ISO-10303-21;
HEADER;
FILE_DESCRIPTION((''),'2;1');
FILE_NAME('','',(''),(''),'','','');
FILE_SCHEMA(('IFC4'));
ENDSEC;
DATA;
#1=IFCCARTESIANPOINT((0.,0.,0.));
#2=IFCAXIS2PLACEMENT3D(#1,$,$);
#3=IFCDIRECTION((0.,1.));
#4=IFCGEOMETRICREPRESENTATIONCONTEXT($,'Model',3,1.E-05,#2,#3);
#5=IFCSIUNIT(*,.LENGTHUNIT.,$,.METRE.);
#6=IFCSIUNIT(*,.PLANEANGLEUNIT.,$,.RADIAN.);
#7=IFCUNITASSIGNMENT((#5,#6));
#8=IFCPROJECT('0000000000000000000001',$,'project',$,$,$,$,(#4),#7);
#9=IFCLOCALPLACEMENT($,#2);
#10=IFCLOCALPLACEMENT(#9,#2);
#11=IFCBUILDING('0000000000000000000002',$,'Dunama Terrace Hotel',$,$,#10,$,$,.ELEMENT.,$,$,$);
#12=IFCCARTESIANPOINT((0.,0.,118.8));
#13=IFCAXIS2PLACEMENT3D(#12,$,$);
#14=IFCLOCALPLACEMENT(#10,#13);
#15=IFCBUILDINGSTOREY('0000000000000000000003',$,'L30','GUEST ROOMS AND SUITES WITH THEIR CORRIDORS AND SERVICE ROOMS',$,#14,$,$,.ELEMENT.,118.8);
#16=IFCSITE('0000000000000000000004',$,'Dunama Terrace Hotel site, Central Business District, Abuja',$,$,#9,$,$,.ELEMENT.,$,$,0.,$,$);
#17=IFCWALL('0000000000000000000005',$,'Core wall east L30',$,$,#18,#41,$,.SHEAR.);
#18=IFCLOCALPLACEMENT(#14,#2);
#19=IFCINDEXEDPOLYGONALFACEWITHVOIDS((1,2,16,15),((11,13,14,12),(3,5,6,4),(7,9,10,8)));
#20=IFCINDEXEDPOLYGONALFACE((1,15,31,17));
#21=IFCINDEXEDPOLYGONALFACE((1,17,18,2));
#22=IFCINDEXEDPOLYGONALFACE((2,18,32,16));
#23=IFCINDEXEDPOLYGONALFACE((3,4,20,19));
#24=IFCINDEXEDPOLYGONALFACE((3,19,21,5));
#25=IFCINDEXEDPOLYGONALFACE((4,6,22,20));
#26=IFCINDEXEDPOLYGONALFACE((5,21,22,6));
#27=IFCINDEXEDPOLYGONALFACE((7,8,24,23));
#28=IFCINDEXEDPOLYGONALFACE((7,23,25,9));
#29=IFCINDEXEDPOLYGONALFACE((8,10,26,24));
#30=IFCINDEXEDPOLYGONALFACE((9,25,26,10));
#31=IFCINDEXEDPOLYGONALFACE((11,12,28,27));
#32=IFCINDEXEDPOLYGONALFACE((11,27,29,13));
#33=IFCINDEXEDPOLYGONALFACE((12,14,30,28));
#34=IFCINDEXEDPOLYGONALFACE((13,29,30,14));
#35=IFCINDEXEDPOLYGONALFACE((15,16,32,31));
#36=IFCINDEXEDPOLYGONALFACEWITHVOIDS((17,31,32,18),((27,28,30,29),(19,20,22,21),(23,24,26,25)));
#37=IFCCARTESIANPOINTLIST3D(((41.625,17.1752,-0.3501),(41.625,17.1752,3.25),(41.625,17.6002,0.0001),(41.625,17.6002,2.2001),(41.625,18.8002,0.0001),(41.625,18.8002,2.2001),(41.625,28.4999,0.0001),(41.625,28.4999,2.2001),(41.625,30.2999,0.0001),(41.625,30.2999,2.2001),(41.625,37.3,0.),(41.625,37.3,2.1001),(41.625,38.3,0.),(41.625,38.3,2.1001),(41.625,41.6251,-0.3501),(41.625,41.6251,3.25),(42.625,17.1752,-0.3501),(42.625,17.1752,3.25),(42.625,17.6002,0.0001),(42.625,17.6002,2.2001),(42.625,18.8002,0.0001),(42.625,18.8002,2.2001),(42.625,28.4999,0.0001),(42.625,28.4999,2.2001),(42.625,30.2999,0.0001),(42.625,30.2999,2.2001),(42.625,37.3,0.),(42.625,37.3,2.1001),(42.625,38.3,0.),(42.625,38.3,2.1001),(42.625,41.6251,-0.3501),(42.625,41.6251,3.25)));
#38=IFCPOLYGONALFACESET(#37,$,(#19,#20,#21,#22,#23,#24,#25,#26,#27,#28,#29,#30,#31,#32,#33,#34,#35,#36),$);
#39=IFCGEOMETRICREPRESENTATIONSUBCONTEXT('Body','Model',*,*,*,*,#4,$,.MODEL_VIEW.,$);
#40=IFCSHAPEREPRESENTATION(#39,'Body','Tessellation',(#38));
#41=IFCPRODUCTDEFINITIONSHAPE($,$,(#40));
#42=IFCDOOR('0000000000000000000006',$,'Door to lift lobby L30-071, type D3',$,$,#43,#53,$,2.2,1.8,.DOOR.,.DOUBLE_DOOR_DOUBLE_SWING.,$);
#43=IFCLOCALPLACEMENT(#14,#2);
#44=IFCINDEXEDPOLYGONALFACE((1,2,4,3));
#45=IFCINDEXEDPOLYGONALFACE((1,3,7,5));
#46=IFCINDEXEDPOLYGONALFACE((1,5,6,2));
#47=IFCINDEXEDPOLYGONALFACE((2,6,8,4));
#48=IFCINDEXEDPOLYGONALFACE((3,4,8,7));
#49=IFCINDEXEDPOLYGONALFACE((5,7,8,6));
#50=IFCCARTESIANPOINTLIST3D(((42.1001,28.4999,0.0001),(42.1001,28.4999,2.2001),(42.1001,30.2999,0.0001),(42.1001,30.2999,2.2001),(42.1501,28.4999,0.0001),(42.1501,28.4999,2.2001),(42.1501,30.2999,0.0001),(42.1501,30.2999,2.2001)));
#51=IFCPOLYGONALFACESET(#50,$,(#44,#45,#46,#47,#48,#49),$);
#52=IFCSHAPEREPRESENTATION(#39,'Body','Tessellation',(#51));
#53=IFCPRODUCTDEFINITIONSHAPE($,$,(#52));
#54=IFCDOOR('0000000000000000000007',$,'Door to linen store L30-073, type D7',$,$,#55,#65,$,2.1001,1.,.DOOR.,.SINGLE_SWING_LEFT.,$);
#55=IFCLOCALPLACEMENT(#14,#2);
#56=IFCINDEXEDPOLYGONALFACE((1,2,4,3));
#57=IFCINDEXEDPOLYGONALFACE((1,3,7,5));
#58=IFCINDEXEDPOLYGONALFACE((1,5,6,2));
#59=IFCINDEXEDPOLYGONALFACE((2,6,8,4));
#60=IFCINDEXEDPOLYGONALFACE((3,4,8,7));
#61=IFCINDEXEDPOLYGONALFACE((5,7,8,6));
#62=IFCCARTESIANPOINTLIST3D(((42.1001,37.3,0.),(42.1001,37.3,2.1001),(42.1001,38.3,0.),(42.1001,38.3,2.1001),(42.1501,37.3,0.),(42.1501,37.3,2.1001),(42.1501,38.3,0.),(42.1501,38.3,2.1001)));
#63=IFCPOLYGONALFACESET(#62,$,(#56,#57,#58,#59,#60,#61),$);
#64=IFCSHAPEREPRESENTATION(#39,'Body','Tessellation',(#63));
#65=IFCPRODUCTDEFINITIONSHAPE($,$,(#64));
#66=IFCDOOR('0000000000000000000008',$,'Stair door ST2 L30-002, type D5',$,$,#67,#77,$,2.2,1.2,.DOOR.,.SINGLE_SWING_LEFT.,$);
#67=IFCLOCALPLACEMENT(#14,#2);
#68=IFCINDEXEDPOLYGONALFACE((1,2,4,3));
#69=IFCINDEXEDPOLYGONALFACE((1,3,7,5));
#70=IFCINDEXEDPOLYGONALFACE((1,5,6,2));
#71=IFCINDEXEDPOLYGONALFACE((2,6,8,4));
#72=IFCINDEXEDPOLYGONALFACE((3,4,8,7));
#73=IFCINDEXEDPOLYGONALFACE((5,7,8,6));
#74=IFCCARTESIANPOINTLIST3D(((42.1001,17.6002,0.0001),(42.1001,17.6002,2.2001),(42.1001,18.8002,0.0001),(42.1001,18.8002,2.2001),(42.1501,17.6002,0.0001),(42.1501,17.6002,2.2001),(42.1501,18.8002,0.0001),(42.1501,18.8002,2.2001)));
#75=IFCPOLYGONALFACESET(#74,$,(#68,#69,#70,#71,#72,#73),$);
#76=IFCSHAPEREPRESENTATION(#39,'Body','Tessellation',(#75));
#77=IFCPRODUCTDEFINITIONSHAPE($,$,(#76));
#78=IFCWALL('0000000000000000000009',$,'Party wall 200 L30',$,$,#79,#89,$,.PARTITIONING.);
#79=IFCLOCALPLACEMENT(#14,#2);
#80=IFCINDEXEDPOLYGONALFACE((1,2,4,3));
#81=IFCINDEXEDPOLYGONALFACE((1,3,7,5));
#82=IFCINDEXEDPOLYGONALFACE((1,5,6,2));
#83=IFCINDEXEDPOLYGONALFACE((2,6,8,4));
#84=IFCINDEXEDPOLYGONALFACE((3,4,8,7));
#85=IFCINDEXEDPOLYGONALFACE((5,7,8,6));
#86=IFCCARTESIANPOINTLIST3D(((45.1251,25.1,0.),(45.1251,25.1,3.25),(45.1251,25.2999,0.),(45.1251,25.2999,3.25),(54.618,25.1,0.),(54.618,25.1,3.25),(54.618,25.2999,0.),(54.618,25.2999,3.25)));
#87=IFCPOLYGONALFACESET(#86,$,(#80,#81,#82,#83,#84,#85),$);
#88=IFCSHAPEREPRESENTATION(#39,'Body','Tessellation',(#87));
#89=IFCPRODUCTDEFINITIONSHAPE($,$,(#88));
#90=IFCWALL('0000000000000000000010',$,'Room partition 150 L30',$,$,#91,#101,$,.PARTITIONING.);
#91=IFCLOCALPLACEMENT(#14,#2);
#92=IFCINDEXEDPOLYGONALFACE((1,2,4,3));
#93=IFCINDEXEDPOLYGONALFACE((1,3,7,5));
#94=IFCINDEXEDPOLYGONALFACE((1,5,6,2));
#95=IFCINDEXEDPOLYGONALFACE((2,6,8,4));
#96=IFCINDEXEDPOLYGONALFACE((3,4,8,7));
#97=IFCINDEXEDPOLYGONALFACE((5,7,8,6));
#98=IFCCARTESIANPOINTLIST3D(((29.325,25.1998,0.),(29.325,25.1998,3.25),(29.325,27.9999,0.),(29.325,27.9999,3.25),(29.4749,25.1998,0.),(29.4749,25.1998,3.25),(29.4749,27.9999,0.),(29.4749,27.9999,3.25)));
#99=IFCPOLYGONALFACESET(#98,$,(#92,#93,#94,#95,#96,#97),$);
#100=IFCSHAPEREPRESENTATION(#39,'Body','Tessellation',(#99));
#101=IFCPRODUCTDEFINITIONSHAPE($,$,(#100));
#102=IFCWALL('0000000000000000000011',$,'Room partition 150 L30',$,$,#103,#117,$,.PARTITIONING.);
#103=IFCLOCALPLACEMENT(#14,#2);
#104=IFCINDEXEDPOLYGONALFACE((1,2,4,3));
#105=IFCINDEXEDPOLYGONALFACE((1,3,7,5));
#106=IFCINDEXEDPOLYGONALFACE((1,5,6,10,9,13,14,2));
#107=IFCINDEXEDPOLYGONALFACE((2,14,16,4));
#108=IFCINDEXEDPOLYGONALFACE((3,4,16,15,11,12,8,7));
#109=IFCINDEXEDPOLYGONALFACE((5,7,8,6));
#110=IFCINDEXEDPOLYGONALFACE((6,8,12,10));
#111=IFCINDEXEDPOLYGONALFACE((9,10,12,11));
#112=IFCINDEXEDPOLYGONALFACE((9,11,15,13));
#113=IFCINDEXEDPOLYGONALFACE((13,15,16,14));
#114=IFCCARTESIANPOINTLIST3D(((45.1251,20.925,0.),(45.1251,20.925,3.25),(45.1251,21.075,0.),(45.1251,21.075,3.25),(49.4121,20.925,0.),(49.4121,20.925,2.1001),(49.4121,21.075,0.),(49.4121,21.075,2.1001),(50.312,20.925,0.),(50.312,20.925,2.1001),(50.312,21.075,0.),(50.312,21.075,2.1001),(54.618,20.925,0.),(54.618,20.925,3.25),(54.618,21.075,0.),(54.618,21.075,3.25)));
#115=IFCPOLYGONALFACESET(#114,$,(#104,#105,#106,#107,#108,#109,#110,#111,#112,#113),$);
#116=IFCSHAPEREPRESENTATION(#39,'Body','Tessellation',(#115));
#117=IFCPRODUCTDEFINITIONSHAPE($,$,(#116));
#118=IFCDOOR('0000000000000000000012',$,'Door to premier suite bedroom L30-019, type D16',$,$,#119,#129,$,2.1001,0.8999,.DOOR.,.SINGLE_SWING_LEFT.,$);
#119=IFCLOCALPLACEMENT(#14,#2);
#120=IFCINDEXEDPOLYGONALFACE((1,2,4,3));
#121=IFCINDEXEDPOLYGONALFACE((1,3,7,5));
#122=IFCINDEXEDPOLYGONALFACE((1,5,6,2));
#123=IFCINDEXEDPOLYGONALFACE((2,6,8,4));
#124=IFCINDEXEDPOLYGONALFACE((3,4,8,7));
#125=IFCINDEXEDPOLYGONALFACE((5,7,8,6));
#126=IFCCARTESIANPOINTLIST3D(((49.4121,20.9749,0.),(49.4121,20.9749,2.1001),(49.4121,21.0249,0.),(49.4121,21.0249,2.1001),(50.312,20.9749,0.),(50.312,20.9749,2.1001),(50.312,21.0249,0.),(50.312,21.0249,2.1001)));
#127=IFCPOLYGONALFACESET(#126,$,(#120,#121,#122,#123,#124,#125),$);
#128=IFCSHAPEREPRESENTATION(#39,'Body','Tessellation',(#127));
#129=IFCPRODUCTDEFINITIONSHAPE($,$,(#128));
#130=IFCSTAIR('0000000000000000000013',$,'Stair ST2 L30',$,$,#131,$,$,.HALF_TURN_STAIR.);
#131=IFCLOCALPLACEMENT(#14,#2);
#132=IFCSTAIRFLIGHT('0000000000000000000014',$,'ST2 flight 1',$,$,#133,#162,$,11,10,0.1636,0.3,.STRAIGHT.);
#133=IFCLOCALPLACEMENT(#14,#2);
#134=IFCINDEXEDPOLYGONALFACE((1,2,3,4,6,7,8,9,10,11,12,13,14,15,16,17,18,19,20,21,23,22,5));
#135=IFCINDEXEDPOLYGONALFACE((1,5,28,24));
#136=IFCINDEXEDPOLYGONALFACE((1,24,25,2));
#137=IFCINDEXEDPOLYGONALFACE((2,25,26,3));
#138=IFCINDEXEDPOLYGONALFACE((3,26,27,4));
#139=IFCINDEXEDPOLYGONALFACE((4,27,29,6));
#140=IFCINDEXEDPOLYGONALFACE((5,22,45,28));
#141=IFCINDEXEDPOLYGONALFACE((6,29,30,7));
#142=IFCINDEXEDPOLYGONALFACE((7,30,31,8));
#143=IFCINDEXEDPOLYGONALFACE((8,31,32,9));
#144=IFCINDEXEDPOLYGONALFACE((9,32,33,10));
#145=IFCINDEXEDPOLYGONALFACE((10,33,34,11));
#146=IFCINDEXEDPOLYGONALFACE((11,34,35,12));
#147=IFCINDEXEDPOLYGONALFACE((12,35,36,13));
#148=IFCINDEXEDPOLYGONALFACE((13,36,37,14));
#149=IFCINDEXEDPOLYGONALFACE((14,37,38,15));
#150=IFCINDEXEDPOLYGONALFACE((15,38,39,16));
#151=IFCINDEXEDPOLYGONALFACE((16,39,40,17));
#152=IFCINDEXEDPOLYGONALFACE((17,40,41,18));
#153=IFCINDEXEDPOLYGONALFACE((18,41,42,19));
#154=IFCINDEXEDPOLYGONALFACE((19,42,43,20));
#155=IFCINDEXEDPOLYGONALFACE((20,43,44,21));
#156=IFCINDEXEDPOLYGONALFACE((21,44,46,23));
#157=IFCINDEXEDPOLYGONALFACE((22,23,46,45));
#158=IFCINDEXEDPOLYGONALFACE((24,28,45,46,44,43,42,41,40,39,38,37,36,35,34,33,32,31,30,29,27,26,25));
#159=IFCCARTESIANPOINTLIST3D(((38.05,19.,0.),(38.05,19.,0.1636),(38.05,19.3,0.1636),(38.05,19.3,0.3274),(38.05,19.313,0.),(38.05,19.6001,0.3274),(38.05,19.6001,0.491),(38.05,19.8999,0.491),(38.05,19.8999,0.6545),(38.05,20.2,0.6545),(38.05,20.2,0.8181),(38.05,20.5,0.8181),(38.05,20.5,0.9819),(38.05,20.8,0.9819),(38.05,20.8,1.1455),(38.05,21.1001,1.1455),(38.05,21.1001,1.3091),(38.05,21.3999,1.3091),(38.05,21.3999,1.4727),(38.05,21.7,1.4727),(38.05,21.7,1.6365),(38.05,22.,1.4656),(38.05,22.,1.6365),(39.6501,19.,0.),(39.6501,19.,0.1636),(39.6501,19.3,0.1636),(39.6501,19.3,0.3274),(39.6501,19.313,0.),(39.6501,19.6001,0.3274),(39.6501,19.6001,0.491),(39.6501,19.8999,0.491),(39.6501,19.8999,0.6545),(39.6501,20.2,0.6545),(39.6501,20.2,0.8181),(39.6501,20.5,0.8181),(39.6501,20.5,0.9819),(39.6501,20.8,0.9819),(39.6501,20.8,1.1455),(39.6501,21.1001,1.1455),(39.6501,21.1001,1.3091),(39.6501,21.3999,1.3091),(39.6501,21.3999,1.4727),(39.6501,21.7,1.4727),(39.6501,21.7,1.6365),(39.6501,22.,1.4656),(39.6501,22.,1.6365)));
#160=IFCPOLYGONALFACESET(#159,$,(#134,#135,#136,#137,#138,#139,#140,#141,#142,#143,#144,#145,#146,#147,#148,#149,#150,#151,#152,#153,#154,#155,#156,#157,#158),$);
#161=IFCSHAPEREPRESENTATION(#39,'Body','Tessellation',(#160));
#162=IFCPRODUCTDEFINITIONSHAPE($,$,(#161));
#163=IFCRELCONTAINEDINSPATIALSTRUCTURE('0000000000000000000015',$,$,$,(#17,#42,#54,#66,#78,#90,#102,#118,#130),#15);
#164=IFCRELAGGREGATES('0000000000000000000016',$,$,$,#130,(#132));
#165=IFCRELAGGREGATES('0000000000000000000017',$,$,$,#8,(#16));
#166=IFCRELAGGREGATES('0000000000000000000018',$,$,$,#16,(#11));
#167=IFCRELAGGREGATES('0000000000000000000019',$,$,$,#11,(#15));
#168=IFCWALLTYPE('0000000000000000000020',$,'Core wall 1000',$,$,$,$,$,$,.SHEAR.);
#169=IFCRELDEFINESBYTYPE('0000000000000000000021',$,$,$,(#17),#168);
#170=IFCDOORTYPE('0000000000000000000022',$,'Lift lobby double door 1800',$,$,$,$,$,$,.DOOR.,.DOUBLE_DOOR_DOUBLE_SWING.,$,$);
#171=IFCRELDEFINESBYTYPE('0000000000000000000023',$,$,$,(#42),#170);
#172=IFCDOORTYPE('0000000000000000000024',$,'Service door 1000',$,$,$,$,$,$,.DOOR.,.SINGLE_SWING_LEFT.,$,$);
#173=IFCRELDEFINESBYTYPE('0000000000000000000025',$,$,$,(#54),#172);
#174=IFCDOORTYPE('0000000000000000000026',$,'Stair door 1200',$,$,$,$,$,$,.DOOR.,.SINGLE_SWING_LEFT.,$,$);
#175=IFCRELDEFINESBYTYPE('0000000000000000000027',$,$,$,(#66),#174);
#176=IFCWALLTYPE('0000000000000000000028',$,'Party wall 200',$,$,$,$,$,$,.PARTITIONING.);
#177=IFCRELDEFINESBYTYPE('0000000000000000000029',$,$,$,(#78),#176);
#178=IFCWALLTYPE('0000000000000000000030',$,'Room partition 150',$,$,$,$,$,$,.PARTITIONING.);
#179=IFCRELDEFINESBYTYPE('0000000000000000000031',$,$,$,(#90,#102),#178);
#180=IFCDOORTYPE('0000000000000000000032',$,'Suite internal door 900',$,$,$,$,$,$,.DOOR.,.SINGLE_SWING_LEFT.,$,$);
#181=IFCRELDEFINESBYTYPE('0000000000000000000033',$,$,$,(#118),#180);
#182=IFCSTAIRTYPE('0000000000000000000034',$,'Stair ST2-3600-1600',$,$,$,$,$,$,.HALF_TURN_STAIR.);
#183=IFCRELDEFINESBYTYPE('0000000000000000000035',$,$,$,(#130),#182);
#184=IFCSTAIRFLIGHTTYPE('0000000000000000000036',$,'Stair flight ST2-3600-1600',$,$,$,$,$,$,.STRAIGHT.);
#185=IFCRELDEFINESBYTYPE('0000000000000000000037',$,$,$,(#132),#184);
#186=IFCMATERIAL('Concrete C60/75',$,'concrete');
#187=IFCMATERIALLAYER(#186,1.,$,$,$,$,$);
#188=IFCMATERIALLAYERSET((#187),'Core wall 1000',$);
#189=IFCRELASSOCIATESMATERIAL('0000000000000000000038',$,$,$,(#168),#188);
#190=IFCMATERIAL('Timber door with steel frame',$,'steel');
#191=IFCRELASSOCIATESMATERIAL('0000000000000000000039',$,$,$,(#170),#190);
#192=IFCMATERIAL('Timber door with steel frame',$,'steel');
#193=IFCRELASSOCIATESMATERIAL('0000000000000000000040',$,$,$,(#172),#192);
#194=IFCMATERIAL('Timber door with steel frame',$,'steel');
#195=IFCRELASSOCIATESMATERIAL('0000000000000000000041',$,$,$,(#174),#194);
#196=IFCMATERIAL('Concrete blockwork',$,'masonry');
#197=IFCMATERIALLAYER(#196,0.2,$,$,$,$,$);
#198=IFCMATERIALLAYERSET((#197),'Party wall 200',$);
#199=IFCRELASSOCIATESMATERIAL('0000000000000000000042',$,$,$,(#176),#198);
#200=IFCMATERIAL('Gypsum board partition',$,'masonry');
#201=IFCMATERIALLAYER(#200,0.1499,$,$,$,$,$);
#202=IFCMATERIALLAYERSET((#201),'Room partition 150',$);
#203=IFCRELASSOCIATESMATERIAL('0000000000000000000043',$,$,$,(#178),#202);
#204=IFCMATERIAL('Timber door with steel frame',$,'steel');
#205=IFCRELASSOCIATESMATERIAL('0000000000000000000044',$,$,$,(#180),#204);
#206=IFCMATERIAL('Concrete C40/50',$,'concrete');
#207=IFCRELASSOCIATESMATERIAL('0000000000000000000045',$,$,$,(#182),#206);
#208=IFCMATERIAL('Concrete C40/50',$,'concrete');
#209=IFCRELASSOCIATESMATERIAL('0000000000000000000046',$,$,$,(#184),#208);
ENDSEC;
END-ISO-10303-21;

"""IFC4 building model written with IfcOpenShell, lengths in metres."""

from ifc_helpers import new_model, si_unit, direction, frame, frame_2d, origin, place, context, subcontext, project, spatial, polyline, rectangle, outline, extrude, material, layer, layer_set, type_object, element, fill, aggregate, save


model = new_model("IFC4")

# Units and contexts
model_context = context("Model", 3, precision=1e-05, world=origin(), true_north=direction((0.0, 1.0)))
body_context = subcontext(model_context, "Body", "Model", "MODEL_VIEW")
ifc_project = project(units=[si_unit("LENGTHUNIT", "METRE"), si_unit("PLANEANGLEUNIT", "RADIAN")], contexts=[model_context])

# Site, building, storey
site_placement = place(None, origin())
site = spatial("IfcSite", under=ifc_project, at=site_placement, Name="Dunama Terrace Hotel site, Central Business District, Abuja", CompositionType="ELEMENT", RefElevation=0.0)
building_placement = place(site_placement, origin())
building = spatial("IfcBuilding", under=site, at=building_placement, Name="Dunama Terrace Hotel", CompositionType="ELEMENT")
storey_placement = place(building_placement, frame((0.0, 0.0, 118.8)))
storey = spatial("IfcBuildingStorey", under=building, at=storey_placement, Name="L30", Description="GUEST ROOMS AND SUITES WITH THEIR CORRIDORS AND SERVICE ROOMS", CompositionType="ELEMENT", Elevation=118.8)

# Wall, openings, doors
ifc_material_1 = material(Name="Concrete C60/75", Category="concrete")
ifc_layer_1 = layer(ifc_material_1, 1.0)
ifc_layer_set_1 = layer_set([ifc_layer_1], Name="Core wall 1000")
wall_type_1 = type_object("IfcWallType", Name="Core wall 1000", PredefinedType="SHEAR", material=ifc_layer_set_1)
wall_1_placement = place(storey_placement, frame((42.125, 17.175, -0.3501), z_axis=(0.0, 0.0, 1.0), x_axis=(0.0, 1.0, 0.0)))
wall_1 = element("IfcWall", 1, at=wall_1_placement, inside=storey, type_object=wall_type_1, Name="Core wall east L30", PredefinedType="SHEAR", context=body_context, shape_type="SweptSolid", body=[
    extrude(rectangle(XDim=24.45, YDim=1.0, at=frame_2d((12.2251, 0.0))), origin(), (0.0, 0.0, 1.0), 3.6001),
])
opening_1_placement = place(wall_1_placement, frame((0.425, 0.0, 0.3501)))
opening_1 = element("IfcOpeningElement", 2, at=opening_1_placement, cuts=wall_1, PredefinedType="OPENING", context=body_context, shape_type="SweptSolid", body=[
    extrude(rectangle(XDim=1.2, YDim=2.2, at=frame_2d((0.6001, 1.1001))), frame((0.0, 0.51, 0.0), z_axis=(0.0, -1.0, 0.0), x_axis=(1.0, 0.0, 0.0)), (0.0, 0.0, 1.0), 1.02),
])
opening_2_placement = place(wall_1_placement, frame((11.325, 0.0, 0.3501)))
opening_2 = element("IfcOpeningElement", 3, at=opening_2_placement, cuts=wall_1, PredefinedType="OPENING", context=body_context, shape_type="SweptSolid", body=[
    extrude(rectangle(XDim=1.8, YDim=2.2, at=frame_2d((0.8999, 1.1001))), frame((0.0, 0.51, 0.0), z_axis=(0.0, -1.0, 0.0), x_axis=(1.0, 0.0, 0.0)), (0.0, 0.0, 1.0), 1.02),
])
opening_3_placement = place(wall_1_placement, frame((20.125, 0.0, 0.3501)))
opening_3 = element("IfcOpeningElement", 4, at=opening_3_placement, cuts=wall_1, PredefinedType="OPENING", context=body_context, shape_type="SweptSolid", body=[
    extrude(rectangle(XDim=1.0, YDim=2.1001, at=frame_2d((0.5, 1.05))), frame((0.0, 0.51, 0.0), z_axis=(0.0, -1.0, 0.0), x_axis=(1.0, 0.0, 0.0)), (0.0, 0.0, 1.0), 1.02),
])
ifc_material_2 = material(Name="Timber door with steel frame", Category="steel")
door_type_1 = type_object("IfcDoorType", Name="Lift lobby double door 1800", OperationType="DOUBLE_DOOR_DOUBLE_SWING", PredefinedType="DOOR", material=ifc_material_2)
door_1_placement = place(opening_2_placement, origin())
door_1 = element("IfcDoor", 5, at=door_1_placement, inside=storey, type_object=door_type_1, Name="Door to lift lobby L30-071, type D3", OperationType="DOUBLE_DOOR_DOUBLE_SWING", OverallHeight=2.2, OverallWidth=1.8, PredefinedType="DOOR", context=body_context, shape_type="SweptSolid", body=[
    extrude(rectangle(XDim=1.8, YDim=2.2, at=frame_2d((0.8999, 1.1001))), frame((0.0, 0.0249, 0.0), z_axis=(0.0, -1.0, 0.0), x_axis=(1.0, 0.0, 0.0)), (0.0, 0.0, 1.0), 0.05),
])
fill(opening_2, door_1)
ifc_material_3 = material(Name="Timber door with steel frame", Category="steel")
door_type_2 = type_object("IfcDoorType", Name="Service door 1000", OperationType="SINGLE_SWING_LEFT", PredefinedType="DOOR", material=ifc_material_3)
door_2_placement = place(opening_3_placement, origin())
door_2 = element("IfcDoor", 6, at=door_2_placement, inside=storey, type_object=door_type_2, Name="Door to linen store L30-073, type D7", OperationType="SINGLE_SWING_LEFT", OverallHeight=2.1001, OverallWidth=1.0, PredefinedType="DOOR", context=body_context, shape_type="SweptSolid", body=[
    extrude(rectangle(XDim=1.0, YDim=2.1001, at=frame_2d((0.5, 1.05))), frame((0.0, 0.0249, 0.0), z_axis=(0.0, -1.0, 0.0), x_axis=(1.0, 0.0, 0.0)), (0.0, 0.0, 1.0), 0.05),
])
fill(opening_3, door_2)
ifc_material_4 = material(Name="Timber door with steel frame", Category="steel")
door_type_3 = type_object("IfcDoorType", Name="Stair door 1200", OperationType="SINGLE_SWING_LEFT", PredefinedType="DOOR", material=ifc_material_4)
door_3_placement = place(opening_1_placement, origin())
door_3 = element("IfcDoor", 7, at=door_3_placement, inside=storey, type_object=door_type_3, Name="Stair door ST2 L30-002, type D5", OperationType="SINGLE_SWING_LEFT", OverallHeight=2.2, OverallWidth=1.2, PredefinedType="DOOR", context=body_context, shape_type="SweptSolid", body=[
    extrude(rectangle(XDim=1.2, YDim=2.2, at=frame_2d((0.6001, 1.1001))), frame((0.0, 0.0249, 0.0), z_axis=(0.0, -1.0, 0.0), x_axis=(1.0, 0.0, 0.0)), (0.0, 0.0, 1.0), 0.05),
])
fill(opening_1, door_3)

# Walls
ifc_material_5 = material(Name="Concrete blockwork", Category="masonry")
ifc_layer_2 = layer(ifc_material_5, 0.2)
ifc_layer_set_2 = layer_set([ifc_layer_2], Name="Party wall 200")
wall_type_2 = type_object("IfcWallType", Name="Party wall 200", PredefinedType="PARTITIONING", material=ifc_layer_set_2)
wall_2_placement = place(storey_placement, frame((45.125, 25.2, 0.0), z_axis=(0.0, 0.0, 1.0), x_axis=(1.0, 0.0, 0.0)))
element("IfcWall", 8, at=wall_2_placement, inside=storey, type_object=wall_type_2, Name="Party wall 200 L30", PredefinedType="PARTITIONING", context=body_context, shape_type="SweptSolid", body=[
    extrude(rectangle(XDim=9.4929, YDim=0.2, at=frame_2d((4.7466, 0.0))), origin(), (0.0, 0.0, 1.0), 3.25),
])
ifc_material_6 = material(Name="Gypsum board partition", Category="masonry")
ifc_layer_3 = layer(ifc_material_6, 0.1499)
ifc_layer_set_3 = layer_set([ifc_layer_3], Name="Room partition 150")
wall_type_3 = type_object("IfcWallType", Name="Room partition 150", PredefinedType="PARTITIONING", material=ifc_layer_set_3)
wall_3_placement = place(storey_placement, frame((29.3999, 25.2, 0.0), z_axis=(0.0, 0.0, 1.0), x_axis=(0.0, 1.0, 0.0)))
element("IfcWall", 9, at=wall_3_placement, inside=storey, type_object=wall_type_3, Name="Room partition 150 L30", PredefinedType="PARTITIONING", context=body_context, shape_type="SweptSolid", body=[
    extrude(rectangle(XDim=2.8, YDim=0.1499, at=frame_2d((1.3999, 0.0))), origin(), (0.0, 0.0, 1.0), 3.25),
])

# Wall, opening, door
wall_4_placement = place(storey_placement, frame((45.125, 21.0, 0.0), z_axis=(0.0, 0.0, 1.0), x_axis=(1.0, 0.0, 0.0)))
wall_4 = element("IfcWall", 10, at=wall_4_placement, inside=storey, type_object=wall_type_3, Name="Room partition 150 L30", PredefinedType="PARTITIONING", context=body_context, shape_type="SweptSolid", body=[
    extrude(rectangle(XDim=9.4929, YDim=0.1499, at=frame_2d((4.7466, 0.0))), origin(), (0.0, 0.0, 1.0), 3.25),
])
opening_4_placement = place(wall_4_placement, frame((4.2871, 0.0, 0.0)))
opening_4 = element("IfcOpeningElement", 11, at=opening_4_placement, cuts=wall_4, PredefinedType="OPENING", context=body_context, shape_type="SweptSolid", body=[
    extrude(rectangle(XDim=0.8999, YDim=2.1001, at=frame_2d((0.45, 1.05))), frame((0.0, 0.085, 0.0), z_axis=(0.0, -1.0, 0.0), x_axis=(1.0, 0.0, 0.0)), (0.0, 0.0, 1.0), 0.1699),
])
ifc_material_7 = material(Name="Timber door with steel frame", Category="steel")
door_type_4 = type_object("IfcDoorType", Name="Suite internal door 900", OperationType="SINGLE_SWING_LEFT", PredefinedType="DOOR", material=ifc_material_7)
door_4_placement = place(opening_4_placement, origin())
door_4 = element("IfcDoor", 12, at=door_4_placement, inside=storey, type_object=door_type_4, Name="Door to premier suite bedroom L30-019, type D16", OperationType="SINGLE_SWING_LEFT", OverallHeight=2.1001, OverallWidth=0.8999, PredefinedType="DOOR", context=body_context, shape_type="SweptSolid", body=[
    extrude(rectangle(XDim=0.8999, YDim=2.1001, at=frame_2d((0.45, 1.05))), frame((0.0, 0.0249, 0.0), z_axis=(0.0, -1.0, 0.0), x_axis=(1.0, 0.0, 0.0)), (0.0, 0.0, 1.0), 0.05),
])
fill(opening_4, door_4)

# Stair, stair flight
ifc_material_8 = material(Name="Concrete C40/50", Category="concrete")
stair_type = type_object("IfcStairType", Name="Stair ST2-3600-1600", PredefinedType="HALF_TURN_STAIR", material=ifc_material_8)
stair_placement = place(storey_placement, origin())
stair = element("IfcStair", 13, at=stair_placement, inside=storey, type_object=stair_type, Name="Stair ST2 L30", PredefinedType="HALF_TURN_STAIR")
ifc_material_9 = material(Name="Concrete C40/50", Category="concrete")
stair_flight_type = type_object("IfcStairFlightType", Name="Stair flight ST2-3600-1600", PredefinedType="STRAIGHT", material=ifc_material_9)
stair_flight_1_placement = place(storey_placement, frame((38.8501, 19.0, 0.0), z_axis=(0.0, 0.0, 1.0), x_axis=(0.0, 1.0, 0.0)))
stair_flight_1 = element("IfcStairFlight", 14, at=stair_flight_1_placement, type_object=stair_flight_type, Name="ST2 flight 1", NumberOfRisers=11, NumberOfTreads=10, PredefinedType="STRAIGHT", RiserHeight=0.1636, TreadLength=0.3, context=body_context, shape_type="SweptSolid", body=[
    extrude(outline(polyline([(0.0, 0.0), (0.0, 0.1636), (0.3, 0.1636), (0.3, 0.3274), (0.6001, 0.3274), (0.6001, 0.491), (0.8999, 0.491), (0.8999, 0.6545), (1.2, 0.6545), (1.2, 0.8181), (1.5, 0.8181), (1.5, 0.9819), (1.8, 0.9819), (1.8, 1.1455), (2.1001, 1.1455), (2.1001, 1.3091), (2.3999, 1.3091), (2.3999, 1.4727), (2.7, 1.4727), (2.7, 1.6365), (3.0, 1.6365), (3.0, 1.8), (3.0, 1.4656), (0.313, 0.0), (0.0, 0.0)])), frame((0.0, 0.8, 0.0), z_axis=(0.0, -1.0, 0.0), x_axis=(1.0, 0.0, 0.0)), (0.0, 0.0, 1.0), 1.6001),
])
aggregate(stair, [stair_flight_1])

save(model, "model.ifc")
